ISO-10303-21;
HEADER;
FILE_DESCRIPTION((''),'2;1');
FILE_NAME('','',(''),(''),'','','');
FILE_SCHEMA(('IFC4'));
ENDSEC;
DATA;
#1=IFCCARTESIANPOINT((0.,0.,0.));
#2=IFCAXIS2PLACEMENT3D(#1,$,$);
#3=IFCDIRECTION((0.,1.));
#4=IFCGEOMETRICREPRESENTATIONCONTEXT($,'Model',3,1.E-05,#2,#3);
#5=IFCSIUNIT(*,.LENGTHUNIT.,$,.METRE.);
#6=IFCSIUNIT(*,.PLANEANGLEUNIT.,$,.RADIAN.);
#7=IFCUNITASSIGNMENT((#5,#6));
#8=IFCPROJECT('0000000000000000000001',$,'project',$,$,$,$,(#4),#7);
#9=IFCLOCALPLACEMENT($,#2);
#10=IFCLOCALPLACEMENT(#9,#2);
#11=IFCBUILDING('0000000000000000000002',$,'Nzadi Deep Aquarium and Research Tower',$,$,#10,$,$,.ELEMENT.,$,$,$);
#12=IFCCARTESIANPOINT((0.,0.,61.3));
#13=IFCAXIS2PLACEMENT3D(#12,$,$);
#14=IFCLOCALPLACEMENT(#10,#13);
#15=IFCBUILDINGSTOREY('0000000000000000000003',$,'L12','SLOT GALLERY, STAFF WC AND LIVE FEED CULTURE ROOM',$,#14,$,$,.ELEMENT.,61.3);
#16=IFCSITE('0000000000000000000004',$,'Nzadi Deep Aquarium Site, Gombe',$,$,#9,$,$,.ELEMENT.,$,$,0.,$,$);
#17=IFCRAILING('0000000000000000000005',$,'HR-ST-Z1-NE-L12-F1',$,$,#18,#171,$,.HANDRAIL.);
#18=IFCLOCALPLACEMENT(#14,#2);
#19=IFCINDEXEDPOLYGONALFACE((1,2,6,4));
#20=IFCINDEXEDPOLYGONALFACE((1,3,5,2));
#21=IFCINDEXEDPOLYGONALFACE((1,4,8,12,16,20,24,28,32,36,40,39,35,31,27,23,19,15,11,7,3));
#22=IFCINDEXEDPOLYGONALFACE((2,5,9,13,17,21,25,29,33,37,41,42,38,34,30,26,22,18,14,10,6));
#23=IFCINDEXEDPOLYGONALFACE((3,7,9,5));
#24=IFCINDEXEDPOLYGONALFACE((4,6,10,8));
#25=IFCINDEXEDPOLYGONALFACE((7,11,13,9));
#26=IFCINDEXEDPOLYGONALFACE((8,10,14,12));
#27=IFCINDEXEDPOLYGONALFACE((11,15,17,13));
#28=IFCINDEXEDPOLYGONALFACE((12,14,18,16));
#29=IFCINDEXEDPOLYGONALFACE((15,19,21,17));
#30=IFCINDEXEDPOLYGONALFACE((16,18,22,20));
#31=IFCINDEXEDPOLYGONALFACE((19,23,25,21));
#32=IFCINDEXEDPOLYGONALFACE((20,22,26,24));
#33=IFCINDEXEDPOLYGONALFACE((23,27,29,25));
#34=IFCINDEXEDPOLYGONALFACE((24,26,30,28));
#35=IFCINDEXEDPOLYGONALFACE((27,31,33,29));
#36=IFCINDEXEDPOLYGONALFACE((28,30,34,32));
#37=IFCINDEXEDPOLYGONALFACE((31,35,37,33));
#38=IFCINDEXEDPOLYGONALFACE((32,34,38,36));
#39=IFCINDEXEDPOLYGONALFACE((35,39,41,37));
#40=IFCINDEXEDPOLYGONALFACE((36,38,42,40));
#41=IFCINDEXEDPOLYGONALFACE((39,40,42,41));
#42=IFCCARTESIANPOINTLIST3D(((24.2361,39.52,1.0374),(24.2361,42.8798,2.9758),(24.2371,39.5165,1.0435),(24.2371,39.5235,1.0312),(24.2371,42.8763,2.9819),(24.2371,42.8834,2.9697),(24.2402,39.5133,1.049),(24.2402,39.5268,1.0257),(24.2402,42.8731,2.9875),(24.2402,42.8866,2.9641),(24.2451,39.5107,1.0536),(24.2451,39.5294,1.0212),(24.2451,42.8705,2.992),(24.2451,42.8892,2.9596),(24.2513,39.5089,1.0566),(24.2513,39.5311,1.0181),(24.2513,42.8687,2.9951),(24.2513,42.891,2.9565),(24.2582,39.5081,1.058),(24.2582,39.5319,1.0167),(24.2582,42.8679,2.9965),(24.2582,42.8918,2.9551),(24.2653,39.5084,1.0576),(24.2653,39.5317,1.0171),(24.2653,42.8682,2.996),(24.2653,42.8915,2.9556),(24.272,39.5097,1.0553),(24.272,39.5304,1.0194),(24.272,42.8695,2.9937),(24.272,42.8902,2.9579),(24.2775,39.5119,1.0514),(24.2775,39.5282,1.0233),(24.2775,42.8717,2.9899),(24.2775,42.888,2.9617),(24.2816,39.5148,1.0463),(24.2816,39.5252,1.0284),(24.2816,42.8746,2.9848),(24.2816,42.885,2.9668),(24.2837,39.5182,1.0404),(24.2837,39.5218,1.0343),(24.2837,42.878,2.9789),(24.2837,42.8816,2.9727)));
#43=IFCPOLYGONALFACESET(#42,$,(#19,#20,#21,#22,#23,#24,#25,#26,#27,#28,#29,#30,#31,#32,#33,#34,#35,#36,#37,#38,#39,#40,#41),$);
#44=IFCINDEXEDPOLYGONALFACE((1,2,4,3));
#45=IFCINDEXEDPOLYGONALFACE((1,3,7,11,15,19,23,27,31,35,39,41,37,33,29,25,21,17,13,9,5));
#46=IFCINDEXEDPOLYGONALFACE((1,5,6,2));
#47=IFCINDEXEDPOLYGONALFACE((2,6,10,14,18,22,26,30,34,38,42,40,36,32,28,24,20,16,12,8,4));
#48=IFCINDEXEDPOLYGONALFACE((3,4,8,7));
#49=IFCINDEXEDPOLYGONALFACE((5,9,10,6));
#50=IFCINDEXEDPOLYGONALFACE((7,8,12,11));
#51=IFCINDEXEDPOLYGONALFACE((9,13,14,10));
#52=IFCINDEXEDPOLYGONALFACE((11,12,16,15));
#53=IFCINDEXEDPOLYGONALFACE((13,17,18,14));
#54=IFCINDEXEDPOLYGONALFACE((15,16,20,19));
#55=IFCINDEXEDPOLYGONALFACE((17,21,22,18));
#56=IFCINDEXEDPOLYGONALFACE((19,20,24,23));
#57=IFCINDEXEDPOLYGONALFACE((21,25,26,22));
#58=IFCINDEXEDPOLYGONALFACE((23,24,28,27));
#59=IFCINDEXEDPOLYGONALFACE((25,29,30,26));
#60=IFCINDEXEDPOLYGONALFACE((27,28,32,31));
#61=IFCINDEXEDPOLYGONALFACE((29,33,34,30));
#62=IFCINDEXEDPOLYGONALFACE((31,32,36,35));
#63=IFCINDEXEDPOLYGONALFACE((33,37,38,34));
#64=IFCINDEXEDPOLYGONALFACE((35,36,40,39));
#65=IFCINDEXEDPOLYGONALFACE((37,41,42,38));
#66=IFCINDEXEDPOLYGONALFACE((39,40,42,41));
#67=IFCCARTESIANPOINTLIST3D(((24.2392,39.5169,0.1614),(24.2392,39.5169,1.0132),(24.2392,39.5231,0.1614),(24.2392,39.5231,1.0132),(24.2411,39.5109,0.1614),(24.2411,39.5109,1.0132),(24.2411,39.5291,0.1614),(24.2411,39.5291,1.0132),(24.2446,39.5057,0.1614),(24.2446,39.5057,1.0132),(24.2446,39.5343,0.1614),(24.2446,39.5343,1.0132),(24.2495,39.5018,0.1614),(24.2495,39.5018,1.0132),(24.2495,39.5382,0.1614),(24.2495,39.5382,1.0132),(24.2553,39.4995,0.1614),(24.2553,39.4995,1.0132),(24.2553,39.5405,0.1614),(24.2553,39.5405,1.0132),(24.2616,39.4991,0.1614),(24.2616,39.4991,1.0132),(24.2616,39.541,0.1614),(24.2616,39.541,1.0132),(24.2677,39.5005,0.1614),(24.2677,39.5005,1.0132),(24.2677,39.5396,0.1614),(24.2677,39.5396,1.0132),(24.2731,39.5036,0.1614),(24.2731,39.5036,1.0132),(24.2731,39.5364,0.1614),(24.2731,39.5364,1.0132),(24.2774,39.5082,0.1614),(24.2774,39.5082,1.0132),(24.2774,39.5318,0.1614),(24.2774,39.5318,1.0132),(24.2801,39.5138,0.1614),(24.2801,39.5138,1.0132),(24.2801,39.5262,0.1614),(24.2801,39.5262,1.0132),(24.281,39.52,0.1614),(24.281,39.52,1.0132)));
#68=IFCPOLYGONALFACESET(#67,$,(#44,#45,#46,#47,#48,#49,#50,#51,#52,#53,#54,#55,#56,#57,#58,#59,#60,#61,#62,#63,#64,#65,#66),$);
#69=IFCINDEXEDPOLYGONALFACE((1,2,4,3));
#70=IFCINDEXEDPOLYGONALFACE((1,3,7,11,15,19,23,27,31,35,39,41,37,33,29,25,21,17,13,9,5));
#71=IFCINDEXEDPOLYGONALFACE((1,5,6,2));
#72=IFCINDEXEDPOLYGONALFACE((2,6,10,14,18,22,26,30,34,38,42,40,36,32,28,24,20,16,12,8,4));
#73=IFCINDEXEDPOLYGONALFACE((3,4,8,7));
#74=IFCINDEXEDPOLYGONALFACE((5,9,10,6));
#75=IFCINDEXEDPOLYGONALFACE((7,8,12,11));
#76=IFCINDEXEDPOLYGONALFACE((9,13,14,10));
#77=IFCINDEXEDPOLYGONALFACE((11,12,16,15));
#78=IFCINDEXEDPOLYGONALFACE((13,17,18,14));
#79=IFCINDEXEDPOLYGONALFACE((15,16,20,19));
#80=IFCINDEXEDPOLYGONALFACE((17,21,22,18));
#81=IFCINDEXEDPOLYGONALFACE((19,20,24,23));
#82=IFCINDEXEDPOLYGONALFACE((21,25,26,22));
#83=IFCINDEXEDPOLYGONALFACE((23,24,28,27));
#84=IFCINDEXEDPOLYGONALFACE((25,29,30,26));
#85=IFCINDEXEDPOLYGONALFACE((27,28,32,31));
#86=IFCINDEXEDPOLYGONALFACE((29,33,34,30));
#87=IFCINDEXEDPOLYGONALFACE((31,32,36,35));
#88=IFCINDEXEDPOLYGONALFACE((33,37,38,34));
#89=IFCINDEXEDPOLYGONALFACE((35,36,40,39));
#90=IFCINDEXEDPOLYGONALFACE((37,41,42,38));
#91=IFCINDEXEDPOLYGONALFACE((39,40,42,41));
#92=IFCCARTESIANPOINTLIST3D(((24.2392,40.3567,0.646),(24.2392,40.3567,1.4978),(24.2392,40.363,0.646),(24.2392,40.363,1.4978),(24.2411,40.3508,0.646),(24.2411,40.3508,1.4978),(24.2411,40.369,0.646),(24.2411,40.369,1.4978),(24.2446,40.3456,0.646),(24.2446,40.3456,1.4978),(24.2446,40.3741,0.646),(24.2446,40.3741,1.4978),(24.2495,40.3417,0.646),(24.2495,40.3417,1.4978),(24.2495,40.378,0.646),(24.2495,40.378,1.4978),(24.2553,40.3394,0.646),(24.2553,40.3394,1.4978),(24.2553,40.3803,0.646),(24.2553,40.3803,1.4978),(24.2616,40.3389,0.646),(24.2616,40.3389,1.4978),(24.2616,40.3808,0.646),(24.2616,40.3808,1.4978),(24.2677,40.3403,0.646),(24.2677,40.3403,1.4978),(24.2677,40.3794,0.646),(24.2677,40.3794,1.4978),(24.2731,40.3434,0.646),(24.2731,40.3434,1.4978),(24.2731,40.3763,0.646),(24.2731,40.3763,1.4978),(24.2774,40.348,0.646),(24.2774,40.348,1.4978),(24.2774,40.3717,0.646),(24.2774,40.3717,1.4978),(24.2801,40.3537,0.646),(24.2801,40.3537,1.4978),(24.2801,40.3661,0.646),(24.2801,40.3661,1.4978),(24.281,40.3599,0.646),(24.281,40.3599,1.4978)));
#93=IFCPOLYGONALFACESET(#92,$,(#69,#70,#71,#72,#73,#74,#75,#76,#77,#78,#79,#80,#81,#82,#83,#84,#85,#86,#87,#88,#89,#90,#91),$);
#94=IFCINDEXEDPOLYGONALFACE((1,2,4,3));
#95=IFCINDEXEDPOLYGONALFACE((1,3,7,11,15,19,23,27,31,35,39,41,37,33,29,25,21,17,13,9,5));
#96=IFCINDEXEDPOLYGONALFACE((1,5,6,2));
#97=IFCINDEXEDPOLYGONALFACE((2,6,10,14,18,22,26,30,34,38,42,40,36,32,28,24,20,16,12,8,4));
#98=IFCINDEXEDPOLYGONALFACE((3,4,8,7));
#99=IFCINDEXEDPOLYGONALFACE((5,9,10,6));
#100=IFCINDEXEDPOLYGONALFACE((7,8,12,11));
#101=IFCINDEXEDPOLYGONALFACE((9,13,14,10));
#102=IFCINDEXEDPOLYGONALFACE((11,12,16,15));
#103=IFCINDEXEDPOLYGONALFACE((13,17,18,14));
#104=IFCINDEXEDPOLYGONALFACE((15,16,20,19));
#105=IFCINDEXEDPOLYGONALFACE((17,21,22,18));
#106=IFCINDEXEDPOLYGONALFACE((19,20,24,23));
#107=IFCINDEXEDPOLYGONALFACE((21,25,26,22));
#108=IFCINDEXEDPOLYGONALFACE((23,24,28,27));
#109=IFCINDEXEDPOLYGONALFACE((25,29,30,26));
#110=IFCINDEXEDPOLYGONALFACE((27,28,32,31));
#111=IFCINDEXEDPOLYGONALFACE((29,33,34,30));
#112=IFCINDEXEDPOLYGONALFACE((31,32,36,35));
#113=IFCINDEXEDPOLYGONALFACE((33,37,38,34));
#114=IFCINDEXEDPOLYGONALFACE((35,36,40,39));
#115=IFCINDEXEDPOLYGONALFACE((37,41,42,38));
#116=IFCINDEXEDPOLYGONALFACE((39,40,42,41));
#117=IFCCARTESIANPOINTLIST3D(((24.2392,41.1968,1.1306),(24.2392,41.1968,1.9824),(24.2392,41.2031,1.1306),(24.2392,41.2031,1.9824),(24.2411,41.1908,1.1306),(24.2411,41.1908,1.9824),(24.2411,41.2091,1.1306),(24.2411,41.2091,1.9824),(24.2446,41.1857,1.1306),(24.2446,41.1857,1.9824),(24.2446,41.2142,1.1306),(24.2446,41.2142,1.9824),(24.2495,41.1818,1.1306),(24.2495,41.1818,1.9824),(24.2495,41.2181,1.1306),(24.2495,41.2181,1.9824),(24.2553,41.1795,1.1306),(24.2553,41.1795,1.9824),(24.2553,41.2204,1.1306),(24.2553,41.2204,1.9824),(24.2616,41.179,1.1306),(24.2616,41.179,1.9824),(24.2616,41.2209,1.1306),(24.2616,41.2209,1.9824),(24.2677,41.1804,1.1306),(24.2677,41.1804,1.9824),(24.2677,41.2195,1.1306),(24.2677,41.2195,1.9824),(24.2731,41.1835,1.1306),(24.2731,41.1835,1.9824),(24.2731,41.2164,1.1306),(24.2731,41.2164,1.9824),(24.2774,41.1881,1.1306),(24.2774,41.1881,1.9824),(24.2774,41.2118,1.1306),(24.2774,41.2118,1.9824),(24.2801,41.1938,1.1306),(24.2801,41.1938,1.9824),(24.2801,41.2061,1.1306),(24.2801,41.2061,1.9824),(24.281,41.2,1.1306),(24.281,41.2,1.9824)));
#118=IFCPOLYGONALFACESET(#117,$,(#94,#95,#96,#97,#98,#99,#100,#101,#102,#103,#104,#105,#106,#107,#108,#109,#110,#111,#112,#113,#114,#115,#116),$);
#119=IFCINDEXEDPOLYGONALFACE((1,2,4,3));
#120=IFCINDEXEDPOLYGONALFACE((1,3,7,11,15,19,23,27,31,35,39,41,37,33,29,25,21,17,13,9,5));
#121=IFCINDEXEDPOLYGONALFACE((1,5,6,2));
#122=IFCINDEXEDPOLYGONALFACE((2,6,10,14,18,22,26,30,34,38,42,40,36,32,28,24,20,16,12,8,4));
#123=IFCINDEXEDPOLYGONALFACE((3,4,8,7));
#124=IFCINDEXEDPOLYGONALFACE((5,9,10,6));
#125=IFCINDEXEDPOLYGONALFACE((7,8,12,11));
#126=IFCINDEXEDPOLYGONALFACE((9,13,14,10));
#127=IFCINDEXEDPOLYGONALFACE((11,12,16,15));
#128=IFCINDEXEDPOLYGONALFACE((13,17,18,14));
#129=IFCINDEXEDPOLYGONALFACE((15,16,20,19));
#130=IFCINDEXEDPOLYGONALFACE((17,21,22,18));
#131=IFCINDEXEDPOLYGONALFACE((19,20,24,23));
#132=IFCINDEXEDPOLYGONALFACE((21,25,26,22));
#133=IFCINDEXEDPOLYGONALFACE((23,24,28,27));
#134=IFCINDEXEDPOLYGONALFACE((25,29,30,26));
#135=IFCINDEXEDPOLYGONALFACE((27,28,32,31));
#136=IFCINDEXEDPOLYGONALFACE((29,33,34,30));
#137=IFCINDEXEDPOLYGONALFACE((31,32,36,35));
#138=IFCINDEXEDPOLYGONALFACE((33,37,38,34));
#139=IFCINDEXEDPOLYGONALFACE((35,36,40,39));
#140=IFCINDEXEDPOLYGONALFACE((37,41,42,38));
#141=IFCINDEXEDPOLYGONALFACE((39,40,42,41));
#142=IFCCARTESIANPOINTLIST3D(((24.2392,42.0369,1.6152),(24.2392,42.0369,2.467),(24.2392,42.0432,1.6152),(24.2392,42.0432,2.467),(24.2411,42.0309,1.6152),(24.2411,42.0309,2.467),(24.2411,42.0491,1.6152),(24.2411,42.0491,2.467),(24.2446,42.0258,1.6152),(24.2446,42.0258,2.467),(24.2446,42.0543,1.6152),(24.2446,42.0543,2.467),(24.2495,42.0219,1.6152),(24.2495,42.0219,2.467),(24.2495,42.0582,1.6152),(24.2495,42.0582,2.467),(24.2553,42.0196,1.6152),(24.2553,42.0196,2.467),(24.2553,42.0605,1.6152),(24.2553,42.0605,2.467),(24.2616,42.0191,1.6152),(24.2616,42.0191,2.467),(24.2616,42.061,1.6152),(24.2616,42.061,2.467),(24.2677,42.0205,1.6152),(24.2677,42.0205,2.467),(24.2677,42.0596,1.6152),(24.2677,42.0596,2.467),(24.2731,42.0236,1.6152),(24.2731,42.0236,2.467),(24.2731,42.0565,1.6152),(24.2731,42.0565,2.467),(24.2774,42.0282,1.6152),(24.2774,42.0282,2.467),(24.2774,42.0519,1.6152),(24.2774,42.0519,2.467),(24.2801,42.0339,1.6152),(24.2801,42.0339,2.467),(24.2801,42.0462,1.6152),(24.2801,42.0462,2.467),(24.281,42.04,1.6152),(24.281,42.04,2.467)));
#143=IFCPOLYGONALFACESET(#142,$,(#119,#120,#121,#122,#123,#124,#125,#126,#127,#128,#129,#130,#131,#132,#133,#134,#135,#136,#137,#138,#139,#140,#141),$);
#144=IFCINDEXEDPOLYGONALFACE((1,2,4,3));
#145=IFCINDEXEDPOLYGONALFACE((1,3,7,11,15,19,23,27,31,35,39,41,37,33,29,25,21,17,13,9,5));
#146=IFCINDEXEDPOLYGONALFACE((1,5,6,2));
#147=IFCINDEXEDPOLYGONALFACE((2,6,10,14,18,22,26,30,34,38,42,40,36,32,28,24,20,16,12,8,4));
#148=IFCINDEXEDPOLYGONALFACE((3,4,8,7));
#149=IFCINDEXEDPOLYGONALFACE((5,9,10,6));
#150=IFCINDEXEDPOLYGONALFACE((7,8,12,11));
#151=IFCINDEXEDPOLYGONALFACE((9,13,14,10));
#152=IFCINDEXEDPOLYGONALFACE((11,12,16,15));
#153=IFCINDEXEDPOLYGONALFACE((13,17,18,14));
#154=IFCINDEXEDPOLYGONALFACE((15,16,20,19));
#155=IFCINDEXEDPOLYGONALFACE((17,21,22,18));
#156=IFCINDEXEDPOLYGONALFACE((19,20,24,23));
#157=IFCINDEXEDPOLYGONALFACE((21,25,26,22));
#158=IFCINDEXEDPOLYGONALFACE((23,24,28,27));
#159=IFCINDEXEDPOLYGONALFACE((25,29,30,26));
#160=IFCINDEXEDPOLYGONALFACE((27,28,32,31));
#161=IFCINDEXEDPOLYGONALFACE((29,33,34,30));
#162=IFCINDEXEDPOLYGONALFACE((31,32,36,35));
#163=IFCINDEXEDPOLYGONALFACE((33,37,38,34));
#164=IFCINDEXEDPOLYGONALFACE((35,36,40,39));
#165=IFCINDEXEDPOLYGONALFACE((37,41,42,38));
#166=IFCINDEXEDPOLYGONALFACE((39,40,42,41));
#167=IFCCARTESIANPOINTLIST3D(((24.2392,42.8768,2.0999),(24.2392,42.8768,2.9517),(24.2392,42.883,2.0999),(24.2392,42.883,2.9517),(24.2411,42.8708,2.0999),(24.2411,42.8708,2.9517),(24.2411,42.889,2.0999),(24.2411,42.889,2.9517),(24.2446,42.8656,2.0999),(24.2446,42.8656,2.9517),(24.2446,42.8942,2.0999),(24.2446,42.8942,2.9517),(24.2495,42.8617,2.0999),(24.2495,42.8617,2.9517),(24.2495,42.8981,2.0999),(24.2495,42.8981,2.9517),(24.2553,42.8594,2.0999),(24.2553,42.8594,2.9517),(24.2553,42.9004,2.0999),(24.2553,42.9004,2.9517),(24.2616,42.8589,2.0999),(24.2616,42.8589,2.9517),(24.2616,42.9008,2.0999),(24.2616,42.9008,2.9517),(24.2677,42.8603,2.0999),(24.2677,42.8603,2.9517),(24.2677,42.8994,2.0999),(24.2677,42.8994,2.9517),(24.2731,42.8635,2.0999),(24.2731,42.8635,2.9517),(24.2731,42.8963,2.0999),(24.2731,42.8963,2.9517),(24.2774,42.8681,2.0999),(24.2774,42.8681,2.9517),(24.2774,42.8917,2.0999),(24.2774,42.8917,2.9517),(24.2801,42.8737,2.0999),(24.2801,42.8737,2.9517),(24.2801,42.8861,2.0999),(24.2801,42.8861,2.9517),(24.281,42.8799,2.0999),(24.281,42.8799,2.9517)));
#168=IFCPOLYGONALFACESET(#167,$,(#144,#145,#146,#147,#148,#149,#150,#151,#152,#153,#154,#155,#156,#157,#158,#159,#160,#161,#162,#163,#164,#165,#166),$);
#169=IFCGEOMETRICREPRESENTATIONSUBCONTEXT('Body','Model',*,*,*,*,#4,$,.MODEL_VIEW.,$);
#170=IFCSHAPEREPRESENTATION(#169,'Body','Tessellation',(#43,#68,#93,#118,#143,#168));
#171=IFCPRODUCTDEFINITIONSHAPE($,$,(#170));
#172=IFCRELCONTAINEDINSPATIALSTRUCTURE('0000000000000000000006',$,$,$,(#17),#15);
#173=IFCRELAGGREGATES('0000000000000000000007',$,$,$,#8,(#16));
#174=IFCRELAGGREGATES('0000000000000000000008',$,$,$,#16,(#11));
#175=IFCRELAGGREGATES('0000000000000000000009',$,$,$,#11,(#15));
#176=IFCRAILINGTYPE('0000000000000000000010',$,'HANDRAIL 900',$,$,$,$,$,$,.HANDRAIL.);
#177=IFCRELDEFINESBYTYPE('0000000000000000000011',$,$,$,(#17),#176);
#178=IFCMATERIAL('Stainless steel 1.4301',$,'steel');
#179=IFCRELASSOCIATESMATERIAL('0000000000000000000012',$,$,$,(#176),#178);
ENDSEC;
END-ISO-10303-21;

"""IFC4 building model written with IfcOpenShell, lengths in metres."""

from ifc_helpers import new_model, si_unit, direction, frame, origin, origin_2d, place, context, subcontext, project, spatial, circle, extrude, material, type_object, element, save


model = new_model("IFC4")

# Units and contexts
model_context = context("Model", 3, precision=1e-05, world=origin(), true_north=direction((0.0, 1.0)))
body_context = subcontext(model_context, "Body", "Model", "MODEL_VIEW")
ifc_project = project(units=[si_unit("LENGTHUNIT", "METRE"), si_unit("PLANEANGLEUNIT", "RADIAN")], contexts=[model_context])

# Site, building, storey
site_placement = place(None, origin())
site = spatial("IfcSite", under=ifc_project, at=site_placement, Name="Nzadi Deep Aquarium Site, Gombe", CompositionType="ELEMENT", RefElevation=0.0)
building_placement = place(site_placement, origin())
building = spatial("IfcBuilding", under=site, at=building_placement, Name="Nzadi Deep Aquarium and Research Tower", CompositionType="ELEMENT")
storey_placement = place(building_placement, frame((0.0, 0.0, 61.3)))
storey = spatial("IfcBuildingStorey", under=building, at=storey_placement, Name="L12", Description="SLOT GALLERY, STAFF WC AND LIVE FEED CULTURE ROOM", CompositionType="ELEMENT", Elevation=61.3)

# Railing
ifc_material_1 = material(Name="Stainless steel 1.4301", Category="steel")
railing_type = type_object("IfcRailingType", Name="HANDRAIL 900", PredefinedType="HANDRAIL", material=ifc_material_1)
for number, where, name in (
    (1, (24.26, 39.52, 0.1614), "HR-ST-Z1-NE-L12-F1"),
):
    element("IfcRailing", number, at=place(storey_placement, frame(where)), inside=storey, type_object=railing_type, Name=name, PredefinedType="HANDRAIL", context=body_context, shape_type="SweptSolid", body=[
        extrude(circle(Radius=0.0239, at=origin_2d()), frame((0.0, 0.0, 0.876), z_axis=(0.0, 0.866175, 0.499741), x_axis=(-1.0, 0.0, 0.0)), (0.0, 0.0, 1.0), 3.8789),
        extrude(circle(Radius=0.021, at=origin_2d()), origin(), (0.0, 0.0, 1.0), 0.8518),
        extrude(circle(Radius=0.021, at=origin_2d()), frame((0.0, 0.8398, 0.4846)), (0.0, 0.0, 1.0), 0.8518),
        extrude(circle(Radius=0.021, at=origin_2d()), frame((0.0, 1.6799, 0.9692)), (0.0, 0.0, 1.0), 0.8518),
        extrude(circle(Radius=0.021, at=origin_2d()), frame((0.0, 2.52, 1.4539)), (0.0, 0.0, 1.0), 0.8518),
        extrude(circle(Radius=0.021, at=origin_2d()), frame((0.0, 3.3599, 1.9385)), (0.0, 0.0, 1.0), 0.8518),
    ])

save(model, "model.ifc")
